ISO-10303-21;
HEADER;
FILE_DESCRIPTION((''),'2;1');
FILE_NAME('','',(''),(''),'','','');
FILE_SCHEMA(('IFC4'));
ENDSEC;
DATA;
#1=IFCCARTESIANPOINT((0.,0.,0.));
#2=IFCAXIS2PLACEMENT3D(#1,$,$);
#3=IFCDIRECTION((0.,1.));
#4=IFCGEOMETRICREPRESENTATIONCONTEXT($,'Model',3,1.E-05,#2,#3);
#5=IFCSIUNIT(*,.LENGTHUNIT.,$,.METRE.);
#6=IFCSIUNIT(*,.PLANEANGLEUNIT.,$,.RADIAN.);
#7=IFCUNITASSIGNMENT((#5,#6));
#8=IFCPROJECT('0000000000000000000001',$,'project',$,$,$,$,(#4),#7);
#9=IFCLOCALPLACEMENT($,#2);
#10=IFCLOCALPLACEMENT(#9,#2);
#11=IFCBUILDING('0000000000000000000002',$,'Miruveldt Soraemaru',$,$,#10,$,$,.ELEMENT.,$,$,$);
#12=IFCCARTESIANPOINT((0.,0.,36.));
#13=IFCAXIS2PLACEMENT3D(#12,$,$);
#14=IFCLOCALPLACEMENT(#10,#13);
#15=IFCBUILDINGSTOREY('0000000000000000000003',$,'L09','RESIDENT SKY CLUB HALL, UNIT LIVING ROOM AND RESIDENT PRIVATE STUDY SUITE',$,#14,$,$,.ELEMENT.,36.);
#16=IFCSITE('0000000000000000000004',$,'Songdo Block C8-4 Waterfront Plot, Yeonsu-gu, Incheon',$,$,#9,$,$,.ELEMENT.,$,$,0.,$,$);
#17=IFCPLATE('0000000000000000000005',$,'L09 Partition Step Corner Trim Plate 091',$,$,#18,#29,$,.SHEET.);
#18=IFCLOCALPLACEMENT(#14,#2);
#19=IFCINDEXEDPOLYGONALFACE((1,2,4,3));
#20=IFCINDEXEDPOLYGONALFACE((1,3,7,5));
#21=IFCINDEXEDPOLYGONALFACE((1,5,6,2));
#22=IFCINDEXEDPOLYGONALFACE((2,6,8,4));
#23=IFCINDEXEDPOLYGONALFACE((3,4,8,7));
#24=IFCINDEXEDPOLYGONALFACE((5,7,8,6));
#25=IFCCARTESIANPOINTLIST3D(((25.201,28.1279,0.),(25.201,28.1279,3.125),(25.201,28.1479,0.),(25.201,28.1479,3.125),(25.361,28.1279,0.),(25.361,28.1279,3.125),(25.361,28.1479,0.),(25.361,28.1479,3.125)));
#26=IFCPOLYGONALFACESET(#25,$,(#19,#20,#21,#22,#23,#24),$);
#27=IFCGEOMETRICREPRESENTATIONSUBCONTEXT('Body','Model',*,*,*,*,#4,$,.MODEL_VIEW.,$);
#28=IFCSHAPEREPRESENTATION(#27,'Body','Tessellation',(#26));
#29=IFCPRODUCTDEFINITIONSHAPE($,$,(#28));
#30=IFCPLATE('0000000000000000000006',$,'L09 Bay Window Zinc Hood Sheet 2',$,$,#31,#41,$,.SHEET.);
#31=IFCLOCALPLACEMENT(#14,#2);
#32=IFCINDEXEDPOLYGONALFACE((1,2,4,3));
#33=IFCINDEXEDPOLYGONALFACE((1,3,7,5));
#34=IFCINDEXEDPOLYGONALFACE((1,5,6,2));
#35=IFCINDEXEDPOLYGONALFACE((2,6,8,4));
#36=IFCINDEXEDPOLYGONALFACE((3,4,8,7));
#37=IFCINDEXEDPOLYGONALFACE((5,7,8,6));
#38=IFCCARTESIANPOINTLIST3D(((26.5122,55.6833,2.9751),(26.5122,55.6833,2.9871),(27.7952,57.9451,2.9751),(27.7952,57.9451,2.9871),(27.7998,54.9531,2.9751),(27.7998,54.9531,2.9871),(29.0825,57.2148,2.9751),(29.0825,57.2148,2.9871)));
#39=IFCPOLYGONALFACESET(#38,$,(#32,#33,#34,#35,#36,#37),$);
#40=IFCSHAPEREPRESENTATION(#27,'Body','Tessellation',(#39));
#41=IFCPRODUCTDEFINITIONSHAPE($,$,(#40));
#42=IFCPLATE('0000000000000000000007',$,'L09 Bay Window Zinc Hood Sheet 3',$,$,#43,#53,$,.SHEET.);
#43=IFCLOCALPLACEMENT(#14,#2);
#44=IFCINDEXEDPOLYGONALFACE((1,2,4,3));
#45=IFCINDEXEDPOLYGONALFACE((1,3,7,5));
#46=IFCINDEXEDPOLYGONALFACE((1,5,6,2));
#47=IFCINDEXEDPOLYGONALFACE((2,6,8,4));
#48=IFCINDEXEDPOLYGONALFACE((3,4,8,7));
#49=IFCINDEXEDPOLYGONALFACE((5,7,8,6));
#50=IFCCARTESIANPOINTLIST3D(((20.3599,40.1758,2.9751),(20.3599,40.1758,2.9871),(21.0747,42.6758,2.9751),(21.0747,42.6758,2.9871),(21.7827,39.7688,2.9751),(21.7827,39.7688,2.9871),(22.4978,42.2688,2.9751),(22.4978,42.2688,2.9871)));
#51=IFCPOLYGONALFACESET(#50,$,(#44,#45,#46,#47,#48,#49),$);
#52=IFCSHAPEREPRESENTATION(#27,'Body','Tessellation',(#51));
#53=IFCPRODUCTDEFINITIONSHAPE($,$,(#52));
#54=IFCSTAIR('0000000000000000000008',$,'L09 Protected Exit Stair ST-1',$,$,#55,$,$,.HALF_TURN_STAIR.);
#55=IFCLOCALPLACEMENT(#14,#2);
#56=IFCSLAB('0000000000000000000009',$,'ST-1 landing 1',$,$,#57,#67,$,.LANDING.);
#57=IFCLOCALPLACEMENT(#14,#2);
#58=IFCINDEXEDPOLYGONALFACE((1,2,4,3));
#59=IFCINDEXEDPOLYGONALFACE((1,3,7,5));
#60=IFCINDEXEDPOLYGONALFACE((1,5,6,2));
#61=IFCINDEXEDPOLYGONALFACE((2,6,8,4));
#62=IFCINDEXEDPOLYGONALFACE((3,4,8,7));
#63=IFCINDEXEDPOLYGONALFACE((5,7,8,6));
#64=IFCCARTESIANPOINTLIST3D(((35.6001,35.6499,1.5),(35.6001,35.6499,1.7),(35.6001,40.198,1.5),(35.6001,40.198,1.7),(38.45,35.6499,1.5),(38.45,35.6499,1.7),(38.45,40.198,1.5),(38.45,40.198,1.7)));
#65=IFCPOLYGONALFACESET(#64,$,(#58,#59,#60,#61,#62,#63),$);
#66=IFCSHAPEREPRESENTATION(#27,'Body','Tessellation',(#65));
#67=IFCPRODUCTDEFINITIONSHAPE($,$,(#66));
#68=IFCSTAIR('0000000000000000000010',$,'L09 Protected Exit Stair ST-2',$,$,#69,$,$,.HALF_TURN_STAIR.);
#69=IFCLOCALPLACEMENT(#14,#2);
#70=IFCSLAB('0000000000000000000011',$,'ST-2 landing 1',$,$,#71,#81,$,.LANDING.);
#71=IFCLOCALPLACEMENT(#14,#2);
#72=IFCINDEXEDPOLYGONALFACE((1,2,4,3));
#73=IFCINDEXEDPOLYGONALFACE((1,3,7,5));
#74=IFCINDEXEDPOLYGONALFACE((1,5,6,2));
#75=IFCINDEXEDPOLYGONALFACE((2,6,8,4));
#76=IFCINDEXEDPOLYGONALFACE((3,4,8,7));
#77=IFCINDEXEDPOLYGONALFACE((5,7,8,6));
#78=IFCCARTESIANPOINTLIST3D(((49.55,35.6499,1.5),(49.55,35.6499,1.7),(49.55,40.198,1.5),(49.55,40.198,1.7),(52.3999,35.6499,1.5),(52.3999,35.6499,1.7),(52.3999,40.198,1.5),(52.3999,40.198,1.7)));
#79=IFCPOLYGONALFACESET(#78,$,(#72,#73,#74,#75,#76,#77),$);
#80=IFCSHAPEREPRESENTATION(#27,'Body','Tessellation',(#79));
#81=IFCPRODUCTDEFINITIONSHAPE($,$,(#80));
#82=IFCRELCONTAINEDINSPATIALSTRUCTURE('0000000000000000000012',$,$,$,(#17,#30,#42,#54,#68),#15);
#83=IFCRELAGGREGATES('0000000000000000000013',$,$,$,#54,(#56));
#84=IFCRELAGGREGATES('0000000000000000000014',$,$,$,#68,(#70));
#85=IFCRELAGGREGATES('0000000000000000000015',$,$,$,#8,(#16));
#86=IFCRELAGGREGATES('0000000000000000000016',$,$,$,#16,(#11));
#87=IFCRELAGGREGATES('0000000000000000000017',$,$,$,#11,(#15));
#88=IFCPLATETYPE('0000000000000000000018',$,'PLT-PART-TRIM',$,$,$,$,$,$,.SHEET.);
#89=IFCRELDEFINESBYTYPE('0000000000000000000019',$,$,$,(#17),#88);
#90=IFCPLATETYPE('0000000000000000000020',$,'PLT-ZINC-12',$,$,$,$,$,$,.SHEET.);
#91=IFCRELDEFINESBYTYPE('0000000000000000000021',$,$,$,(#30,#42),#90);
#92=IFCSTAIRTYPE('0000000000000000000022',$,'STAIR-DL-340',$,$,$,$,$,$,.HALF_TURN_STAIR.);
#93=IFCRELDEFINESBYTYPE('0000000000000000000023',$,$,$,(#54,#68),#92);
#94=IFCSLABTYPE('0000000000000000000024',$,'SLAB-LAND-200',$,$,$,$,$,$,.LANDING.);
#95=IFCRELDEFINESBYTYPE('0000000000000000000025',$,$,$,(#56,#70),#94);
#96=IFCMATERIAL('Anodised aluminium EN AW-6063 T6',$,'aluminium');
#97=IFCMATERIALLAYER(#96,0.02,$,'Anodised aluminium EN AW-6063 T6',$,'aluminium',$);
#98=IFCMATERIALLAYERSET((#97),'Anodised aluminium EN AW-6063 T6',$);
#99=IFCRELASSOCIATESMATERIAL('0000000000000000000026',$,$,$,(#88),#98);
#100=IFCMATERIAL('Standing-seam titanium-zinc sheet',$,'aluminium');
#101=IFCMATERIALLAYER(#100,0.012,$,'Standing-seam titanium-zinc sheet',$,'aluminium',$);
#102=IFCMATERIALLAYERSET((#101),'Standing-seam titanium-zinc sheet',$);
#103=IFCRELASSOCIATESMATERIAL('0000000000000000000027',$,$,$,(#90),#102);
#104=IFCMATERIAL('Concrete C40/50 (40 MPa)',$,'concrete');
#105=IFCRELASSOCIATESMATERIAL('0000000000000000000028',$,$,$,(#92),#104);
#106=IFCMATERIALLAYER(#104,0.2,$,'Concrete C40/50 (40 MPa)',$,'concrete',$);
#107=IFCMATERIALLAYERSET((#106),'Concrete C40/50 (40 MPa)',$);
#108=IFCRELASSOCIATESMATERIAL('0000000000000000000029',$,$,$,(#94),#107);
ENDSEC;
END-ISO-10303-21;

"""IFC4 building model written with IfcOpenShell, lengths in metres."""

from ifc_helpers import new_model, si_unit, direction, frame, origin, origin_2d, place, context, subcontext, project, spatial, polyline, rectangle, outline, extrude, material, layer, layer_set, type_object, element, aggregate, save


model = new_model("IFC4")

# Units and contexts
model_context = context("Model", 3, precision=1e-05, world=origin(), true_north=direction((0.0, 1.0)))
body_context = subcontext(model_context, "Body", "Model", "MODEL_VIEW")
ifc_project = project(units=[si_unit("LENGTHUNIT", "METRE"), si_unit("PLANEANGLEUNIT", "RADIAN")], contexts=[model_context])

# Site, building, storey
site_placement = place(None, origin())
site = spatial("IfcSite", under=ifc_project, at=site_placement, Name="Songdo Block C8-4 Waterfront Plot, Yeonsu-gu, Incheon", CompositionType="ELEMENT", RefElevation=0.0)
building_placement = place(site_placement, origin())
building = spatial("IfcBuilding", under=site, at=building_placement, Name="Miruveldt Soraemaru", CompositionType="ELEMENT")
storey_placement = place(building_placement, frame((0.0, 0.0, 36.0)))
storey = spatial("IfcBuildingStorey", under=building, at=storey_placement, Name="L09", Description="RESIDENT SKY CLUB HALL, UNIT LIVING ROOM AND RESIDENT PRIVATE STUDY SUITE", CompositionType="ELEMENT", Elevation=36.0)

# Plates
ifc_material_1 = material(Name="Anodised aluminium EN AW-6063 T6", Category="aluminium")
ifc_layer_1 = layer(ifc_material_1, 0.02, Name="Anodised aluminium EN AW-6063 T6", Category="aluminium")
ifc_layer_set_1 = layer_set([ifc_layer_1], Name="Anodised aluminium EN AW-6063 T6")
plate_type_1 = type_object("IfcPlateType", Name="PLT-PART-TRIM", PredefinedType="SHEET", material=ifc_layer_set_1)
plate_1_placement = place(storey_placement, frame((25.281, 28.1379, 0.0), z_axis=(0.0, 0.0, 1.0), x_axis=(1.0, 0.0, 0.0)))
element("IfcPlate", 1, at=plate_1_placement, inside=storey, type_object=plate_type_1, Name="L09 Partition Step Corner Trim Plate 091", PredefinedType="SHEET", context=body_context, shape_type="SweptSolid", body=[
    extrude(rectangle(XDim=0.1599, YDim=0.02, at=origin_2d()), origin(), (0.0, 0.0, 1.0), 3.125),
])
ifc_material_2 = material(Name="Standing-seam titanium-zinc sheet", Category="aluminium")
ifc_layer_2 = layer(ifc_material_2, 0.012, Name="Standing-seam titanium-zinc sheet", Category="aluminium")
ifc_layer_set_2 = layer_set([ifc_layer_2], Name="Standing-seam titanium-zinc sheet")
plate_type_2 = type_object("IfcPlateType", Name="PLT-ZINC-12", PredefinedType="SHEET", material=ifc_layer_set_2)
plate_2_placement = place(storey_placement, frame((0.0, 0.0, 2.9751)))
element("IfcPlate", 2, at=plate_2_placement, inside=storey, type_object=plate_type_2, Name="L09 Bay Window Zinc Hood Sheet 2", PredefinedType="SHEET", context=body_context, shape_type="SweptSolid", body=[
    extrude(outline(polyline([(29.0825, 57.2148), (27.7998, 54.9531), (26.5122, 55.6833), (27.7952, 57.9451), (29.0825, 57.2148)])), origin(), (0.0, 0.0, 1.0), 0.012),
])
plate_3_placement = place(storey_placement, frame((0.0, 0.0, 2.9751)))
element("IfcPlate", 3, at=plate_3_placement, inside=storey, type_object=plate_type_2, Name="L09 Bay Window Zinc Hood Sheet 3", PredefinedType="SHEET", context=body_context, shape_type="SweptSolid", body=[
    extrude(outline(polyline([(22.4978, 42.2688), (21.7827, 39.7688), (20.3599, 40.1758), (21.0747, 42.6758), (22.4978, 42.2688)])), origin(), (0.0, 0.0, 1.0), 0.012),
])

# Stairs, slabs
ifc_material_3 = material(Name="Concrete C40/50 (40 MPa)", Category="concrete")
stair_type = type_object("IfcStairType", Name="STAIR-DL-340", PredefinedType="HALF_TURN_STAIR", material=ifc_material_3)
stair_1_placement = place(storey_placement, origin())
stair_1 = element("IfcStair", 4, at=stair_1_placement, inside=storey, type_object=stair_type, Name="L09 Protected Exit Stair ST-1", PredefinedType="HALF_TURN_STAIR")
ifc_layer_3 = layer(ifc_material_3, 0.2, Name="Concrete C40/50 (40 MPa)", Category="concrete")
ifc_layer_set_3 = layer_set([ifc_layer_3], Name="Concrete C40/50 (40 MPa)")
slab_type_1 = type_object("IfcSlabType", Name="SLAB-LAND-200", PredefinedType="LANDING", material=ifc_layer_set_3)
slab_1_placement = place(storey_placement, frame((0.0, 0.0, 1.5)))
slab_1 = element("IfcSlab", 5, at=slab_1_placement, type_object=slab_type_1, Name="ST-1 landing 1", PredefinedType="LANDING", context=body_context, shape_type="SweptSolid", body=[
    extrude(outline(polyline([(35.6001, 40.198), (35.6001, 35.6499), (38.45, 35.6499), (38.45, 40.198), (35.6001, 40.198)])), origin(), (0.0, 0.0, 1.0), 0.2),
])
aggregate(stair_1, [slab_1])
stair_2_placement = place(storey_placement, origin())
stair_2 = element("IfcStair", 6, at=stair_2_placement, inside=storey, type_object=stair_type, Name="L09 Protected Exit Stair ST-2", PredefinedType="HALF_TURN_STAIR")
slab_2_placement = place(storey_placement, frame((0.0, 0.0, 1.5)))
slab_2 = element("IfcSlab", 7, at=slab_2_placement, type_object=slab_type_1, Name="ST-2 landing 1", PredefinedType="LANDING", context=body_context, shape_type="SweptSolid", body=[
    extrude(outline(polyline([(49.55, 40.198), (49.55, 35.6499), (52.3999, 35.6499), (52.3999, 40.198), (49.55, 40.198)])), origin(), (0.0, 0.0, 1.0), 0.2),
])
aggregate(stair_2, [slab_2])

save(model, "model.ifc")
